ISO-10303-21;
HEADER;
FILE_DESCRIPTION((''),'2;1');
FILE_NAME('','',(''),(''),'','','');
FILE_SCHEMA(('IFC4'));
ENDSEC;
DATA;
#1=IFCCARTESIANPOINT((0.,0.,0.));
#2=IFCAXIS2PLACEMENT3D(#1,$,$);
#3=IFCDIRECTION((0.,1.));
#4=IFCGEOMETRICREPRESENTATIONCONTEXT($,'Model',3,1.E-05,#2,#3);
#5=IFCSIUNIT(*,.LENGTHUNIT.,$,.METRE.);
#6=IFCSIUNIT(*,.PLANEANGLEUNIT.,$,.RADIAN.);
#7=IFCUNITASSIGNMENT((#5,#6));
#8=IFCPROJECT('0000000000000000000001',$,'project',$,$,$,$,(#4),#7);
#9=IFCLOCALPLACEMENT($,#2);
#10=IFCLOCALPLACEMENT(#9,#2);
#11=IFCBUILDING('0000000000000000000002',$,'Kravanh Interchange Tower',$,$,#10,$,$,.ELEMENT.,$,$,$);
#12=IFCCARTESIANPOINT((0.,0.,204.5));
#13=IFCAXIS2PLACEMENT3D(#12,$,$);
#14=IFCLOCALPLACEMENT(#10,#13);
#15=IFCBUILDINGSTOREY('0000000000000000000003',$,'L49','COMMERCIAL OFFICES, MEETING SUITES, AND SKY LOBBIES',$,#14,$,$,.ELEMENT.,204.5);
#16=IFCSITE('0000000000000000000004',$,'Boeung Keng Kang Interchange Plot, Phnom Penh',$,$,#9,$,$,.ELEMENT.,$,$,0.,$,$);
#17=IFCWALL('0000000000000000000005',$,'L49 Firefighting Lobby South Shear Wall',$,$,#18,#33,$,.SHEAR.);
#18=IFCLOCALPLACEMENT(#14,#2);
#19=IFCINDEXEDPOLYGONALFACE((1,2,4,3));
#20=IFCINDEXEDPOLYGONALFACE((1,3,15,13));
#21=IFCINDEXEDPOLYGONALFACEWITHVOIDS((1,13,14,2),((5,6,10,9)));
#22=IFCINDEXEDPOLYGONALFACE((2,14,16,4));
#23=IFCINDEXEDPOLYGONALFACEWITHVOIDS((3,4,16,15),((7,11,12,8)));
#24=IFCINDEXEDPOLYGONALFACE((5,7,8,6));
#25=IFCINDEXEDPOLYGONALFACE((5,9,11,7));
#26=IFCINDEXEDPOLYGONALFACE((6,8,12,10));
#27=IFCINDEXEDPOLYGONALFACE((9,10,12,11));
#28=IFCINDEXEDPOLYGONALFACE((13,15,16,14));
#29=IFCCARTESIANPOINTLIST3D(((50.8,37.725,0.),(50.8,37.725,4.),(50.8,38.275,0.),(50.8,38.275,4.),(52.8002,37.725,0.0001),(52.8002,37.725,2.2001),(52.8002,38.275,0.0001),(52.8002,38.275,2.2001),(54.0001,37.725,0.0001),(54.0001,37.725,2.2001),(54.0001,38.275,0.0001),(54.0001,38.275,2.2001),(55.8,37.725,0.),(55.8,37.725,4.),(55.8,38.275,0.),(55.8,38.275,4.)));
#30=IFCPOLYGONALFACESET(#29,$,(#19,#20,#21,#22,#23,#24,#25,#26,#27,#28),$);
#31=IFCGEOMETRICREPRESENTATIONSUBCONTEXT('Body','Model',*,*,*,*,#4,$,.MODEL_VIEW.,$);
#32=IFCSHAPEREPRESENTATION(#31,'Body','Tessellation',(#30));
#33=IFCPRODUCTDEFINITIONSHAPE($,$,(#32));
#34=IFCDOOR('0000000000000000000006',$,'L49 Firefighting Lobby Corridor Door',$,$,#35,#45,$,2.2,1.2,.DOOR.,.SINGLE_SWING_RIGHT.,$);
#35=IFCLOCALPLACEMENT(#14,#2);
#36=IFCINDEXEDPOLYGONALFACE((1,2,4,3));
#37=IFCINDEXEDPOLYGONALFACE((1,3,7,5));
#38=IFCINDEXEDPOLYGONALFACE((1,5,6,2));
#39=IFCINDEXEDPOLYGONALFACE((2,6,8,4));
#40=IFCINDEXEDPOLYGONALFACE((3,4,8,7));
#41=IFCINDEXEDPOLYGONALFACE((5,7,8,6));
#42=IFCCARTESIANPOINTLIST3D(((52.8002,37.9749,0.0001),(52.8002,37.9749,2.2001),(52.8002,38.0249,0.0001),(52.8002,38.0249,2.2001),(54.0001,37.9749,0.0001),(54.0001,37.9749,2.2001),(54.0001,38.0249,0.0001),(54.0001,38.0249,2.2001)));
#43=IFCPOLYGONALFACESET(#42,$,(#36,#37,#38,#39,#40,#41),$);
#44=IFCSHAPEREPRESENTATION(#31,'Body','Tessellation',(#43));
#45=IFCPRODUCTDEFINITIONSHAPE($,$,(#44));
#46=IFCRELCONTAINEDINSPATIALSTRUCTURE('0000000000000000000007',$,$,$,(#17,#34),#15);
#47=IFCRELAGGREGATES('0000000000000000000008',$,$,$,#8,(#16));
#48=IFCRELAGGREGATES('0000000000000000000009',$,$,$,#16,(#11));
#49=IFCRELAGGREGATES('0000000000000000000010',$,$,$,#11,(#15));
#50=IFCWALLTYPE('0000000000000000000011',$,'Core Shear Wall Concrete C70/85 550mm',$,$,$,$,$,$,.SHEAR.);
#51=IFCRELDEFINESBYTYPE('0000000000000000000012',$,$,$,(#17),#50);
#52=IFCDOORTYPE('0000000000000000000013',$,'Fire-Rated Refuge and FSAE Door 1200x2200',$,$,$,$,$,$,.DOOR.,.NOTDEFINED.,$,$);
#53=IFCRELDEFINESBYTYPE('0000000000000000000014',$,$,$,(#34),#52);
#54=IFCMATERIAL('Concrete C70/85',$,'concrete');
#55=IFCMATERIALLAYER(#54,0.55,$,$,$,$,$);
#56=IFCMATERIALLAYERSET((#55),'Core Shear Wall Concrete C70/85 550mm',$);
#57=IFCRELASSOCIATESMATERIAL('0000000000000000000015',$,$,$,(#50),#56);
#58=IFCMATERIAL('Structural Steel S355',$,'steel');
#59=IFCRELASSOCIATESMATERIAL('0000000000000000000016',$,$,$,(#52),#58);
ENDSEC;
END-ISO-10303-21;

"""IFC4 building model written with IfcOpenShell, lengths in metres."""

from ifc_helpers import new_model, si_unit, direction, frame, frame_2d, origin, place, context, subcontext, project, spatial, rectangle, extrude, material, layer, layer_set, type_object, element, fill, save


model = new_model("IFC4")

# Units and contexts
model_context = context("Model", 3, precision=1e-05, world=origin(), true_north=direction((0.0, 1.0)))
body_context = subcontext(model_context, "Body", "Model", "MODEL_VIEW")
ifc_project = project(units=[si_unit("LENGTHUNIT", "METRE"), si_unit("PLANEANGLEUNIT", "RADIAN")], contexts=[model_context])

# Site, building, storey
site_placement = place(None, origin())
site = spatial("IfcSite", under=ifc_project, at=site_placement, Name="Boeung Keng Kang Interchange Plot, Phnom Penh", CompositionType="ELEMENT", RefElevation=0.0)
building_placement = place(site_placement, origin())
building = spatial("IfcBuilding", under=site, at=building_placement, Name="Kravanh Interchange Tower", CompositionType="ELEMENT")
storey_placement = place(building_placement, frame((0.0, 0.0, 204.5)))
storey = spatial("IfcBuildingStorey", under=building, at=storey_placement, Name="L49", Description="COMMERCIAL OFFICES, MEETING SUITES, AND SKY LOBBIES", CompositionType="ELEMENT", Elevation=204.5)

# Shared definitions
ifc_material_1 = material(Name="Concrete C70/85", Category="concrete")
ifc_layer_1 = layer(ifc_material_1, 0.55)
ifc_layer_set_1 = layer_set([ifc_layer_1], Name="Core Shear Wall Concrete C70/85 550mm")
wall_type_1 = type_object("IfcWallType", Name="Core Shear Wall Concrete C70/85 550mm", PredefinedType="SHEAR", material=ifc_layer_set_1)

# Wall, opening, door
wall_1_placement = place(storey_placement, frame((50.8, 38.0, 0.0), z_axis=(0.0, 0.0, 1.0), x_axis=(1.0, 0.0, 0.0)))
wall_1 = element("IfcWall", 1, at=wall_1_placement, inside=storey, type_object=wall_type_1, Name="L49 Firefighting Lobby South Shear Wall", PredefinedType="SHEAR", context=body_context, shape_type="SweptSolid", body=[
    extrude(rectangle(XDim=5.0, YDim=0.55, at=frame_2d((2.5, 0.0))), origin(), (0.0, 0.0, 1.0), 4.0),
])
opening_1_placement = place(wall_1_placement, frame((2.0, 0.0, 0.0)))
opening_1 = element("IfcOpeningElement", 2, at=opening_1_placement, cuts=wall_1, PredefinedType="OPENING", context=body_context, shape_type="SweptSolid", body=[
    extrude(rectangle(XDim=1.2, YDim=2.2, at=frame_2d((0.6001, 1.1001))), frame((0.0, 0.2852, 0.0), z_axis=(0.0, -1.0, 0.0), x_axis=(1.0, 0.0, 0.0)), (0.0, 0.0, 1.0), 0.5701),
])
ifc_material_2 = material(Name="Structural Steel S355", Category="steel")
door_type_1 = type_object("IfcDoorType", Name="Fire-Rated Refuge and FSAE Door 1200x2200", OperationType="NOTDEFINED", PredefinedType="DOOR", material=ifc_material_2)
door_1_placement = place(opening_1_placement, origin())
door_1 = element("IfcDoor", 3, at=door_1_placement, inside=storey, type_object=door_type_1, Name="L49 Firefighting Lobby Corridor Door", OperationType="SINGLE_SWING_RIGHT", OverallHeight=2.2, OverallWidth=1.2, PredefinedType="DOOR", context=body_context, shape_type="SweptSolid", body=[
    extrude(rectangle(XDim=1.2, YDim=2.2, at=frame_2d((0.6001, 1.1001))), frame((0.0, 0.0249, 0.0), z_axis=(0.0, -1.0, 0.0), x_axis=(1.0, 0.0, 0.0)), (0.0, 0.0, 1.0), 0.05),
])
fill(opening_1, door_1)

save(model, "model.ifc")
